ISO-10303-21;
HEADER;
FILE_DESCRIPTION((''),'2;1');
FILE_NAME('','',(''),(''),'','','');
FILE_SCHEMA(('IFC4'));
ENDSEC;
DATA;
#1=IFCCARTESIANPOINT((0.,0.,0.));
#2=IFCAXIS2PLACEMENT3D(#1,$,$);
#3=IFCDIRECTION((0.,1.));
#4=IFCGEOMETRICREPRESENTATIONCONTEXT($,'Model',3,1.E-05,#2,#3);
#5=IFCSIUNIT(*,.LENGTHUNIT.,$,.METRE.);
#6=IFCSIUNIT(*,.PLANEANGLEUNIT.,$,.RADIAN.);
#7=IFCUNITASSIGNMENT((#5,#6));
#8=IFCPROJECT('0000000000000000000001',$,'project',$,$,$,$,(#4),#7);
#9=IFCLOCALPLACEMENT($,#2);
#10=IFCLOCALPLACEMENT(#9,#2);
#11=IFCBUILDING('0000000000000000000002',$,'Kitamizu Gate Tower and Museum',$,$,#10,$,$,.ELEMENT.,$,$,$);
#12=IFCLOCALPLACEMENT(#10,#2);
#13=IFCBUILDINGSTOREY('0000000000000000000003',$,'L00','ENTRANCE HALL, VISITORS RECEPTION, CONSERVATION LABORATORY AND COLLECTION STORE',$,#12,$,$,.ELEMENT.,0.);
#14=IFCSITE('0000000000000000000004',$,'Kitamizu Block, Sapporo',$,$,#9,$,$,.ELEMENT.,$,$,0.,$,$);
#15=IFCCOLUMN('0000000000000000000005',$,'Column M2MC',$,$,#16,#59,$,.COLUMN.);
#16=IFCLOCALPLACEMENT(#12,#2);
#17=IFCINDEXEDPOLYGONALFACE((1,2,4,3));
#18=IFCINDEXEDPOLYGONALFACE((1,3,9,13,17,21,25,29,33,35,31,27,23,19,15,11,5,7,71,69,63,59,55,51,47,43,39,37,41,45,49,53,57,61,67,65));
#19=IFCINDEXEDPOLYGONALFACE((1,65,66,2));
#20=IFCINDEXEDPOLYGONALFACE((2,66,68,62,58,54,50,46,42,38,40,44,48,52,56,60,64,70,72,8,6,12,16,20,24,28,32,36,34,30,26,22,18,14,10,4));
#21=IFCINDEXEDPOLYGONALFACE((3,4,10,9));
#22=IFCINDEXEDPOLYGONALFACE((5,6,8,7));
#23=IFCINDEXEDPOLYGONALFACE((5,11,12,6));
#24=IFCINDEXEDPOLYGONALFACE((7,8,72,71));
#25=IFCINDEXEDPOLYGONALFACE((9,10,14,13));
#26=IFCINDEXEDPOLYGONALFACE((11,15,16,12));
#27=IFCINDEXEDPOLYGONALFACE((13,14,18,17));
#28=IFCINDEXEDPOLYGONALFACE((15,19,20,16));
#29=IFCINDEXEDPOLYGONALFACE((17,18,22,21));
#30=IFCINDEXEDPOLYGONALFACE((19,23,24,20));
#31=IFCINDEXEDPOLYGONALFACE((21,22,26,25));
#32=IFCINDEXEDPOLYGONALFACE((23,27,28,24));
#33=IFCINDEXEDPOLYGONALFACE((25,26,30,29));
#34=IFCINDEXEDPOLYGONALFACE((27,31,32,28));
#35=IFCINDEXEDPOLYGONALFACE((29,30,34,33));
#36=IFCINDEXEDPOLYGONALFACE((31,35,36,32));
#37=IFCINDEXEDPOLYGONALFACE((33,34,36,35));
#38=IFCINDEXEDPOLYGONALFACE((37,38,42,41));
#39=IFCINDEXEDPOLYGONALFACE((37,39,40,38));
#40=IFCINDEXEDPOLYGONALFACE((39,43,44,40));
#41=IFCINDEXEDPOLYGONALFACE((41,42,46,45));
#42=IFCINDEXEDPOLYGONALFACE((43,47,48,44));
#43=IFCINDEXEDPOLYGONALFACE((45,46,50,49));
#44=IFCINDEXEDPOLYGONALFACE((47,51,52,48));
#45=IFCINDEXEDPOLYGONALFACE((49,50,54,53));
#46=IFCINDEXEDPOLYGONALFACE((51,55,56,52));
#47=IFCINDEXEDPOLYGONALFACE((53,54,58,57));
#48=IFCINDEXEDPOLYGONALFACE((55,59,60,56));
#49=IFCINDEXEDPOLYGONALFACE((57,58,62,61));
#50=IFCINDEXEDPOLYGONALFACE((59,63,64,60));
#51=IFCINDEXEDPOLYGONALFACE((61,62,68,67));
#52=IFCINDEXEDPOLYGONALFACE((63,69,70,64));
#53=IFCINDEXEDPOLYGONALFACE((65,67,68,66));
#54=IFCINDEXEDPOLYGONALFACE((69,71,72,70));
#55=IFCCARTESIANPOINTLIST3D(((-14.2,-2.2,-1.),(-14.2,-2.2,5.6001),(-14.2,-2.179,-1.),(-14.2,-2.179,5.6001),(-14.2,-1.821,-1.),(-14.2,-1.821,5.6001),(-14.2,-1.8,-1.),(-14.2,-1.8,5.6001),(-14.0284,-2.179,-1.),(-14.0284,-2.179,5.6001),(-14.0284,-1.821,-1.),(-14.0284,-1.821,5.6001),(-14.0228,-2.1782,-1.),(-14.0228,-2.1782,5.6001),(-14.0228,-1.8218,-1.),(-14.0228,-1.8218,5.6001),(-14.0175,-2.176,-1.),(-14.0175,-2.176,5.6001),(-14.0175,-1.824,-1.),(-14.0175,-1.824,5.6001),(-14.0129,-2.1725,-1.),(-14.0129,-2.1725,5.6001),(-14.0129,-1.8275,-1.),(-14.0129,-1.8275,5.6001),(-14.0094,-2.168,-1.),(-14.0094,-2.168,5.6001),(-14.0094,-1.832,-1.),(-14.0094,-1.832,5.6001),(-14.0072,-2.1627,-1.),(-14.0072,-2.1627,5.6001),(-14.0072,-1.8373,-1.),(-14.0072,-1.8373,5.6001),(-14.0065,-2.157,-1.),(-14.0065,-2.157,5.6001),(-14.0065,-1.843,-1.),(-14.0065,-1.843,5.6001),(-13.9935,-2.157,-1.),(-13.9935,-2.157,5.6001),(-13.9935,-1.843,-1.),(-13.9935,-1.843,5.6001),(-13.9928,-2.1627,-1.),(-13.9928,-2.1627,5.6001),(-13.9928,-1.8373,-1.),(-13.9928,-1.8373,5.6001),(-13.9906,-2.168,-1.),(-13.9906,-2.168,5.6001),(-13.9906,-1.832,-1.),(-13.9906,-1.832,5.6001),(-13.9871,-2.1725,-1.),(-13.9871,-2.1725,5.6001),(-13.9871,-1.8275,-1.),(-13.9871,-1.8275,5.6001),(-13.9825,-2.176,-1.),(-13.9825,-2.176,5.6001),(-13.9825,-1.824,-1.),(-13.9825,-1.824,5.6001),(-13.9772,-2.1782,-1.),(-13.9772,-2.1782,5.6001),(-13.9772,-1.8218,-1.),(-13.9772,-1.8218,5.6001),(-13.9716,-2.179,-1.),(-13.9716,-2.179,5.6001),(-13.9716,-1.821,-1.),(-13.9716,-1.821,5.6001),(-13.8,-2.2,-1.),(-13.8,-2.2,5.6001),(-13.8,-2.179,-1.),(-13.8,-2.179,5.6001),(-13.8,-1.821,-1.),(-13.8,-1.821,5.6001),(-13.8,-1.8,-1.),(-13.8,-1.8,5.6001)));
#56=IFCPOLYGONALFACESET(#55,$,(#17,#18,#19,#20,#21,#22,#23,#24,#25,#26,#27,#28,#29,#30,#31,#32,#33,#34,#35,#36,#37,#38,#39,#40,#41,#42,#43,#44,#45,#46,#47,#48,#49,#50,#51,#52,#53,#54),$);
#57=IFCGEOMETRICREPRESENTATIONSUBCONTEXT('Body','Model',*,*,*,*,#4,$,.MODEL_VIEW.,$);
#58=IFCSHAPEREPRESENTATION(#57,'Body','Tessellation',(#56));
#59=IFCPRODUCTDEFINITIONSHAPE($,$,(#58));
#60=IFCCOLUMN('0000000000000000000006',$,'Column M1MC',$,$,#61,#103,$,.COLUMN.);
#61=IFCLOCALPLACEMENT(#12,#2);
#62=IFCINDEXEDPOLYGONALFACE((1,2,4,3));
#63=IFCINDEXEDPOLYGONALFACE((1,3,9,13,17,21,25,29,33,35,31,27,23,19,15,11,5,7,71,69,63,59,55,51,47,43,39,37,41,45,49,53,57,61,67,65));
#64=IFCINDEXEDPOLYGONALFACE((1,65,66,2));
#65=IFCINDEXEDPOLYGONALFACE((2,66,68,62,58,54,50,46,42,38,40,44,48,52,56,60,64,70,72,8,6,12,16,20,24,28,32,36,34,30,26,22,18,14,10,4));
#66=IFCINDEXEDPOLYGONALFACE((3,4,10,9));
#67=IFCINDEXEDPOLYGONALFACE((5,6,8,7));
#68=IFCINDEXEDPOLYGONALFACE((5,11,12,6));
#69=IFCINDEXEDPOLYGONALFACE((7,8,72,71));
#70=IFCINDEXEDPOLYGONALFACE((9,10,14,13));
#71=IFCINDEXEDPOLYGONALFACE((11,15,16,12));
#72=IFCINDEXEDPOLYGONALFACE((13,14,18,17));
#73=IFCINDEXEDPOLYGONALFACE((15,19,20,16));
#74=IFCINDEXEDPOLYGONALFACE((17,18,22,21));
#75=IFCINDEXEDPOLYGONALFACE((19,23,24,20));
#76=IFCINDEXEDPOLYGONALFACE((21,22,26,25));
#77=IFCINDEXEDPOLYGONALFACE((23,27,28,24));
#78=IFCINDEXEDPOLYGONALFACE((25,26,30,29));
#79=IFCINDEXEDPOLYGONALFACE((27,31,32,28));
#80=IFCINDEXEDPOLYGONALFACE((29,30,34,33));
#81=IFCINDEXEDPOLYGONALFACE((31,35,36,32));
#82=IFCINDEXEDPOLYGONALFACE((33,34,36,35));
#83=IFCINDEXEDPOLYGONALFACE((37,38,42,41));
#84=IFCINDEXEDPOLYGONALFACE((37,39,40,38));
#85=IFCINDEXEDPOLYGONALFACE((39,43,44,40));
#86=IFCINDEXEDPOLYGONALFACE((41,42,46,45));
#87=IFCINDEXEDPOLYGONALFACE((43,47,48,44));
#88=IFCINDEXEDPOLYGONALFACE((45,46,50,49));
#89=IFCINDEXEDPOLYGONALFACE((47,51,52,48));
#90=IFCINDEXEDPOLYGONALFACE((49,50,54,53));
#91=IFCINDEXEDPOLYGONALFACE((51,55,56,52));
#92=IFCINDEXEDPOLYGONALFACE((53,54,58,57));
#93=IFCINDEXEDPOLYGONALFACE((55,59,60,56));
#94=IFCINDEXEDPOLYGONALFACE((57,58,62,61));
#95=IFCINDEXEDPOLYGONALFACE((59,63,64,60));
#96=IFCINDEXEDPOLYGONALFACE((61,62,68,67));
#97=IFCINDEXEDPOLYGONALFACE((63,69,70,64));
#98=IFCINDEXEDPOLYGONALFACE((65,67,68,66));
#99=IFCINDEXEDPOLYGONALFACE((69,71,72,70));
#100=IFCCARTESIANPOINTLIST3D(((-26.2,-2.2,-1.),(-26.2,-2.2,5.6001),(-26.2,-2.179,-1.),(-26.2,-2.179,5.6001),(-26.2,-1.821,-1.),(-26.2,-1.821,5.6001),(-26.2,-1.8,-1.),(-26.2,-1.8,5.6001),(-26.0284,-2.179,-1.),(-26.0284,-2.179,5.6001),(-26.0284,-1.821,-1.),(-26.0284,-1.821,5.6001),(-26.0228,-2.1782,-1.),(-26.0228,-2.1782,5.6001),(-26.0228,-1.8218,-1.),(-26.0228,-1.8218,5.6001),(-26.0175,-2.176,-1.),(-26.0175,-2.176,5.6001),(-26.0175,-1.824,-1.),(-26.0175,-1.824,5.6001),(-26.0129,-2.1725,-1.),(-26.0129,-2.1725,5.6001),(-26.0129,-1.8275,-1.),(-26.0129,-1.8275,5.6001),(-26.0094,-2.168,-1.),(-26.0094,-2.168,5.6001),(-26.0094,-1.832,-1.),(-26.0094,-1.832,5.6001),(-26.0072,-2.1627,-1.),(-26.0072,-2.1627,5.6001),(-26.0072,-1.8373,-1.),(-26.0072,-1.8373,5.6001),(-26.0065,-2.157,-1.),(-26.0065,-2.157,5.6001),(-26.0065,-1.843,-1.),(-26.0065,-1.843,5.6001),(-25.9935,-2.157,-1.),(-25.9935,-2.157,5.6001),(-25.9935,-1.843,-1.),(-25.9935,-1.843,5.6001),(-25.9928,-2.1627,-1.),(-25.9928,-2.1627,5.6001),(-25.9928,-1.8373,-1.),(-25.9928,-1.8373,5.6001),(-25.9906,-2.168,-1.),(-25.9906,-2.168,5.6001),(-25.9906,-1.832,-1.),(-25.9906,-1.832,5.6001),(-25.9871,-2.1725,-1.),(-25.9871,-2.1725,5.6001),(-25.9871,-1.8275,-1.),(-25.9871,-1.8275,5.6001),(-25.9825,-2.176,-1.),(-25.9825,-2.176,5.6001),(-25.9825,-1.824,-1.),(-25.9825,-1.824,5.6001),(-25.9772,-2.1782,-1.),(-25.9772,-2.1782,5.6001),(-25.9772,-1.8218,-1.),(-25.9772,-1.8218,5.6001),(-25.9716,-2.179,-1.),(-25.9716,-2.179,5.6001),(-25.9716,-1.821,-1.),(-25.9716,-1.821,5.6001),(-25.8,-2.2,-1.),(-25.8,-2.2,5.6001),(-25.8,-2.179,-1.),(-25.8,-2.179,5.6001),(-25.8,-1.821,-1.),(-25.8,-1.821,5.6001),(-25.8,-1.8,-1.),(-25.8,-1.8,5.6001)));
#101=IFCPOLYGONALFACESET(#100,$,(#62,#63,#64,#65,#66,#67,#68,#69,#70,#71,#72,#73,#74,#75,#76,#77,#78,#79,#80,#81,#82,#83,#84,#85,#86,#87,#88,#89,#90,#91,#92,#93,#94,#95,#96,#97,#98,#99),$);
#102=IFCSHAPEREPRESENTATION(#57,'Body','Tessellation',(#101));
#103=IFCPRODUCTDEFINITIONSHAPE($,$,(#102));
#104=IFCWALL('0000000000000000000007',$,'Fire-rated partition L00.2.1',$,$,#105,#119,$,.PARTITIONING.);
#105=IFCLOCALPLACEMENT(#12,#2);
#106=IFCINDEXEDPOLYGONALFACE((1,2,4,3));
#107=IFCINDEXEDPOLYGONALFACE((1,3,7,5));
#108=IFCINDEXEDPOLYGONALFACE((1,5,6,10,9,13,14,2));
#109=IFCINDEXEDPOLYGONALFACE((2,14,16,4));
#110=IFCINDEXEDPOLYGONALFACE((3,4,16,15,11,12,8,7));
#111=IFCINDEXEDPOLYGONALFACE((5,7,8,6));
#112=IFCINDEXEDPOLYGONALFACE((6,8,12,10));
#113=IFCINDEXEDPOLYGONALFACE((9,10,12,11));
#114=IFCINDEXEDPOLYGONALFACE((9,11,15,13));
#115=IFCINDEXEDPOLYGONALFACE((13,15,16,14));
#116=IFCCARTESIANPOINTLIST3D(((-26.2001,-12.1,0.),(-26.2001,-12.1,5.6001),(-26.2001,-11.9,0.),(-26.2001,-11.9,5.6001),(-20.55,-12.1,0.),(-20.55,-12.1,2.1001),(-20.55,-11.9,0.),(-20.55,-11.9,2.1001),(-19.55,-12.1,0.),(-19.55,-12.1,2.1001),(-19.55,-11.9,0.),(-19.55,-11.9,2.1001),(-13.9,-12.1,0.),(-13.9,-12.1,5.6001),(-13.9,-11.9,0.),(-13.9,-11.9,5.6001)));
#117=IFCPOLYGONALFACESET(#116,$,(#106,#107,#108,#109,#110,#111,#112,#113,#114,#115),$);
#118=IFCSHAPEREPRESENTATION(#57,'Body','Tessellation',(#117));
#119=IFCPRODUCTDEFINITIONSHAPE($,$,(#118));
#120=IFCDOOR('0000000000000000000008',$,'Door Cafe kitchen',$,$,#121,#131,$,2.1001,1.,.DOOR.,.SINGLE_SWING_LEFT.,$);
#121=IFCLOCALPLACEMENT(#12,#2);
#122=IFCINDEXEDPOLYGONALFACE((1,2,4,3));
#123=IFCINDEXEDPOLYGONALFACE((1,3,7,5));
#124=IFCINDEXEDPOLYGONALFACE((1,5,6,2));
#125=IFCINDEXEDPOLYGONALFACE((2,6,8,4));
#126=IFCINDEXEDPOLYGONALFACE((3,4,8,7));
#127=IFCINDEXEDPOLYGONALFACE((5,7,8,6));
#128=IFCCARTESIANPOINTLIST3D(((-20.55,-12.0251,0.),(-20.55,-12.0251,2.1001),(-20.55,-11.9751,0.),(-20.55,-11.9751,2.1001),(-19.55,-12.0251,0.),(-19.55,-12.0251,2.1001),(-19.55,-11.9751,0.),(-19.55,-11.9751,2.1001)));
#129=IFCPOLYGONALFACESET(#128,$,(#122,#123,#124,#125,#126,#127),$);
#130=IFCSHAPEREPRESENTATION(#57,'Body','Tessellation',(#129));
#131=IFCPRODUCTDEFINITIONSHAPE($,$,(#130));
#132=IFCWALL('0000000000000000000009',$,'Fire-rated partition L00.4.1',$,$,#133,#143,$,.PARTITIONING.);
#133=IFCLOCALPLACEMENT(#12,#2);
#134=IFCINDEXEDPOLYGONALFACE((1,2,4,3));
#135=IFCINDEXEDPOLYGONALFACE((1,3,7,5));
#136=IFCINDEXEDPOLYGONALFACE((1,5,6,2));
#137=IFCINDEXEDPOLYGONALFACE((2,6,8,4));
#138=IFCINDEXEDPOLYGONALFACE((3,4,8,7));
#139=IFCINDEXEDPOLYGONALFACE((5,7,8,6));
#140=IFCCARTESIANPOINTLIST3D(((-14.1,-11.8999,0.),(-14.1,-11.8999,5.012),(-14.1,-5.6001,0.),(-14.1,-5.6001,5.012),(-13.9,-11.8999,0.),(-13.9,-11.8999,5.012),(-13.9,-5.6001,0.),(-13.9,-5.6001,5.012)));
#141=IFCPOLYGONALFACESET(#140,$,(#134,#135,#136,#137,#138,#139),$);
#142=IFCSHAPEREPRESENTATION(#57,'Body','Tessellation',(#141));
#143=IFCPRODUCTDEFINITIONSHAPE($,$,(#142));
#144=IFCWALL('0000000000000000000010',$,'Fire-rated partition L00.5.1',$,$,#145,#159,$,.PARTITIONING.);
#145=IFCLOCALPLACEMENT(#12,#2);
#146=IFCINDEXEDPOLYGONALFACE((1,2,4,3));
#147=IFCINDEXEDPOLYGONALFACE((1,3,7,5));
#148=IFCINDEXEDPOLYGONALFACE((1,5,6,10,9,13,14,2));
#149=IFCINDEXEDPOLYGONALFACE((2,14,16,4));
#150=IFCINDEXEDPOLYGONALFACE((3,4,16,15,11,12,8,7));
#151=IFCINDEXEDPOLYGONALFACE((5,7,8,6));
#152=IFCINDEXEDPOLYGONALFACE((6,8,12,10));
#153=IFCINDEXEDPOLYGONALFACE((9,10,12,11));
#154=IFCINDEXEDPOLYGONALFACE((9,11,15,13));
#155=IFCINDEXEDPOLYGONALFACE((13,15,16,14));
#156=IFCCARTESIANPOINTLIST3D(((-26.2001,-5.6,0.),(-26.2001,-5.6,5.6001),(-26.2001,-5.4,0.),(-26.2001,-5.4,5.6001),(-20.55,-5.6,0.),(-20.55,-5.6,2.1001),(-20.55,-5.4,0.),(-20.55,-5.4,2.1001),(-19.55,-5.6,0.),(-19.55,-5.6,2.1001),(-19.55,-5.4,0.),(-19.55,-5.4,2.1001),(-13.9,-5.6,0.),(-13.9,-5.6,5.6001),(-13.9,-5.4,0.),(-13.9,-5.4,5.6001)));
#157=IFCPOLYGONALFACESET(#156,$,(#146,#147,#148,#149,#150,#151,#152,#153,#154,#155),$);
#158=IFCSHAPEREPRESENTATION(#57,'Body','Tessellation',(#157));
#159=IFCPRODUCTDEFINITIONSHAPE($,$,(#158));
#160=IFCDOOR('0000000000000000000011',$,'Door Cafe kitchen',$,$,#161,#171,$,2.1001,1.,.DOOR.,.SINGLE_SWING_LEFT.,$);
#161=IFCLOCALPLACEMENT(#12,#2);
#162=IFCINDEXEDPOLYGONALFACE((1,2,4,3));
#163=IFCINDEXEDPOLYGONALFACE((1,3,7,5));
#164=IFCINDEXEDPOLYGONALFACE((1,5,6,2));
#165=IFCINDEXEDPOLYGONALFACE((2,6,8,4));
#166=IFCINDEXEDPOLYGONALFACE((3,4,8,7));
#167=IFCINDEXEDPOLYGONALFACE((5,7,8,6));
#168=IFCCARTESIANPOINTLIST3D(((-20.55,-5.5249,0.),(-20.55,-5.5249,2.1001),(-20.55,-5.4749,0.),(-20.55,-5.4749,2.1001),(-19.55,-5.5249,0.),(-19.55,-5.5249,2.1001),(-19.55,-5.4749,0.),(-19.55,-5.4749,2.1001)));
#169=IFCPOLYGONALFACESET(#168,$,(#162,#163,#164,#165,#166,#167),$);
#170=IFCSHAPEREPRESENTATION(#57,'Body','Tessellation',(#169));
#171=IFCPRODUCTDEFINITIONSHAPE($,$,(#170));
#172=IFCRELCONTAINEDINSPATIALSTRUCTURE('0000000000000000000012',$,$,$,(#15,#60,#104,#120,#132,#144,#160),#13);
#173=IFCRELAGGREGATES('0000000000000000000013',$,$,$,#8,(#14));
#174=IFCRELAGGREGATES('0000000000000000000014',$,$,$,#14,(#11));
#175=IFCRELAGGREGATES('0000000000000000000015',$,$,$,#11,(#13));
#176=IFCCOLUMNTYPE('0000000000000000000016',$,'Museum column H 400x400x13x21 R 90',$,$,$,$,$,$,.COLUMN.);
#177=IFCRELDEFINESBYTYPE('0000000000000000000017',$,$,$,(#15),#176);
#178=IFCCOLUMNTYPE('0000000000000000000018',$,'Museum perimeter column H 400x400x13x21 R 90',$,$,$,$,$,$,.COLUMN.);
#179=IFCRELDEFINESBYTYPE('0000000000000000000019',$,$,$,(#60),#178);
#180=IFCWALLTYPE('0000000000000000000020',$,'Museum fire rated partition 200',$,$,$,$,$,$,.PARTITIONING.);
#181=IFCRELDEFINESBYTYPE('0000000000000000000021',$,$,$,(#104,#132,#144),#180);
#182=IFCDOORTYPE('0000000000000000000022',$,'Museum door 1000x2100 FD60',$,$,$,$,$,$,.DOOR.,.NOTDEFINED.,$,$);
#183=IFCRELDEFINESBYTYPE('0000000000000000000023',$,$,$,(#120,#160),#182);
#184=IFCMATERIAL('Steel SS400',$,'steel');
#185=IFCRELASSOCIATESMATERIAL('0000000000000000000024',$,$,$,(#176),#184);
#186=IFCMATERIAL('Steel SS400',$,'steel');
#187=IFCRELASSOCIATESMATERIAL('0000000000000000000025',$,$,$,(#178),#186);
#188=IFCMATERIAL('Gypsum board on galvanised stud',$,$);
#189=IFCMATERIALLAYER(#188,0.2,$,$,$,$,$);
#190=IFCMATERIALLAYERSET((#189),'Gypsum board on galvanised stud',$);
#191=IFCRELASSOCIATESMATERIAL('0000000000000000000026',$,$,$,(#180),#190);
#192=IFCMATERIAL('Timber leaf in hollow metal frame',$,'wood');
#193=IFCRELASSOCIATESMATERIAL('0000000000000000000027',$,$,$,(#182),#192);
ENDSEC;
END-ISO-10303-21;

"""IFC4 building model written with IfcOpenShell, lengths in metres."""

from ifc_helpers import new_model, si_unit, direction, frame, frame_2d, origin, origin_2d, place, context, subcontext, project, spatial, rectangle, i_section, extrude, material, layer, layer_set, material_profile, profile_set, type_object, element, fill, save


model = new_model("IFC4")

# Units and contexts
model_context = context("Model", 3, precision=1e-05, world=origin(), true_north=direction((0.0, 1.0)))
body_context = subcontext(model_context, "Body", "Model", "MODEL_VIEW")
ifc_project = project(units=[si_unit("LENGTHUNIT", "METRE"), si_unit("PLANEANGLEUNIT", "RADIAN")], contexts=[model_context])

# Site, building, storey
site_placement = place(None, origin())
site = spatial("IfcSite", under=ifc_project, at=site_placement, Name="Kitamizu Block, Sapporo", CompositionType="ELEMENT", RefElevation=0.0)
building_placement = place(site_placement, origin())
building = spatial("IfcBuilding", under=site, at=building_placement, Name="Kitamizu Gate Tower and Museum", CompositionType="ELEMENT")
storey_placement = place(building_placement, origin())
storey = spatial("IfcBuildingStorey", under=building, at=storey_placement, Name="L00", Description="ENTRANCE HALL, VISITORS RECEPTION, CONSERVATION LABORATORY AND COLLECTION STORE", CompositionType="ELEMENT", Elevation=0.0)

# Columns
ifc_material_1 = material(Name="Steel SS400", Category="steel")
ifc_material_profile_1 = material_profile(ifc_material_1, i_section(OverallWidth=0.3999, OverallDepth=0.3999, WebThickness=0.0129, FlangeThickness=0.021, FilletRadius=0.022, at=origin_2d()), Name="H-400x400x13x21")
ifc_profile_set_1 = profile_set([ifc_material_profile_1], Name="Steel SS400")
column_type_1 = type_object("IfcColumnType", Name="Museum column H 400x400x13x21 R 90", PredefinedType="COLUMN", material=ifc_profile_set_1)
for number, where, z_axis, x_axis, name in (
    (1, (-14.0, -2.0, -1.0), (0.0, 0.0, 1.0), (1.0, 0.0, 0.0), "Column M2MC"),
):
    element("IfcColumn", number, at=place(storey_placement, frame(where, z_axis=z_axis, x_axis=x_axis)), inside=storey, type_object=column_type_1, Name=name, PredefinedType="COLUMN", context=body_context, shape_type="SweptSolid", body=[
        extrude(i_section(OverallWidth=0.3999, OverallDepth=0.3999, WebThickness=0.0129, FlangeThickness=0.021, FilletRadius=0.022, at=origin_2d()), origin(), (0.0, 0.0, 1.0), 6.6001),
    ])
ifc_material_2 = material(Name="Steel SS400", Category="steel")
ifc_material_profile_2 = material_profile(ifc_material_2, i_section(OverallWidth=0.3999, OverallDepth=0.3999, WebThickness=0.0129, FlangeThickness=0.021, FilletRadius=0.022, at=origin_2d()), Name="H-400x400x13x21")
ifc_profile_set_2 = profile_set([ifc_material_profile_2], Name="Steel SS400")
column_type_2 = type_object("IfcColumnType", Name="Museum perimeter column H 400x400x13x21 R 90", PredefinedType="COLUMN", material=ifc_profile_set_2)
column_placement = place(storey_placement, frame((-26.0, -2.0, -1.0), z_axis=(0.0, 0.0, 1.0), x_axis=(1.0, 0.0, 0.0)))
element("IfcColumn", 2, at=column_placement, inside=storey, type_object=column_type_2, Name="Column M1MC", PredefinedType="COLUMN", context=body_context, shape_type="SweptSolid", body=[
    extrude(i_section(OverallWidth=0.3999, OverallDepth=0.3999, WebThickness=0.0129, FlangeThickness=0.021, FilletRadius=0.022, at=origin_2d()), origin(), (0.0, 0.0, 1.0), 6.6001),
])

# Wall, opening, door
ifc_material_3 = material(Name="Gypsum board on galvanised stud")
ifc_layer_1 = layer(ifc_material_3, 0.2)
ifc_layer_set_1 = layer_set([ifc_layer_1], Name="Gypsum board on galvanised stud")
wall_type_1 = type_object("IfcWallType", Name="Museum fire rated partition 200", PredefinedType="PARTITIONING", material=ifc_layer_set_1)
wall_1_placement = place(storey_placement, frame((-26.2, -12.0, 0.0), z_axis=(0.0, 0.0, 1.0), x_axis=(1.0, 0.0, 0.0)))
wall_1 = element("IfcWall", 3, at=wall_1_placement, inside=storey, type_object=wall_type_1, Name="Fire-rated partition L00.2.1", PredefinedType="PARTITIONING", context=body_context, shape_type="SweptSolid", body=[
    extrude(rectangle(XDim=12.3, YDim=0.2, at=frame_2d((6.1499, 0.0))), origin(), (0.0, 0.0, 1.0), 5.6001),
])
opening_1_placement = place(wall_1_placement, frame((5.6499, 0.0, 0.0)))
opening_1 = element("IfcOpeningElement", 4, at=opening_1_placement, cuts=wall_1, PredefinedType="OPENING", context=body_context, shape_type="SweptSolid", body=[
    extrude(rectangle(XDim=1.0, YDim=2.1001, at=frame_2d((0.5, 1.05))), frame((0.0, 0.1099, 0.0), z_axis=(0.0, -1.0, 0.0), x_axis=(1.0, 0.0, 0.0)), (0.0, 0.0, 1.0), 0.22),
])
ifc_material_4 = material(Name="Timber leaf in hollow metal frame", Category="wood")
door_type_1 = type_object("IfcDoorType", Name="Museum door 1000x2100 FD60", OperationType="NOTDEFINED", PredefinedType="DOOR", material=ifc_material_4)
door_1_placement = place(opening_1_placement, origin())
door_1 = element("IfcDoor", 5, at=door_1_placement, inside=storey, type_object=door_type_1, Name="Door Cafe kitchen", OperationType="SINGLE_SWING_LEFT", OverallHeight=2.1001, OverallWidth=1.0, PredefinedType="DOOR", context=body_context, shape_type="SweptSolid", body=[
    extrude(rectangle(XDim=1.0, YDim=2.1001, at=frame_2d((0.5, 1.05))), frame((0.0, 0.0249, 0.0), z_axis=(0.0, -1.0, 0.0), x_axis=(1.0, 0.0, 0.0)), (0.0, 0.0, 1.0), 0.05),
])
fill(opening_1, door_1)

# Wall
wall_2_placement = place(storey_placement, frame((-14.0, -11.8999, 0.0), z_axis=(0.0, 0.0, 1.0), x_axis=(0.0, 1.0, 0.0)))
element("IfcWall", 6, at=wall_2_placement, inside=storey, type_object=wall_type_1, Name="Fire-rated partition L00.4.1", PredefinedType="PARTITIONING", context=body_context, shape_type="SweptSolid", body=[
    extrude(rectangle(XDim=6.2998, YDim=0.2, at=frame_2d((3.1499, 0.0))), origin(), (0.0, 0.0, 1.0), 5.012),
])

# Wall, opening, door
wall_3_placement = place(storey_placement, frame((-26.2, -5.5, 0.0), z_axis=(0.0, 0.0, 1.0), x_axis=(1.0, 0.0, 0.0)))
wall_3 = element("IfcWall", 7, at=wall_3_placement, inside=storey, type_object=wall_type_1, Name="Fire-rated partition L00.5.1", PredefinedType="PARTITIONING", context=body_context, shape_type="SweptSolid", body=[
    extrude(rectangle(XDim=12.3, YDim=0.2, at=frame_2d((6.1499, 0.0))), origin(), (0.0, 0.0, 1.0), 5.6001),
])
opening_2_placement = place(wall_3_placement, frame((5.6499, 0.0, 0.0)))
opening_2 = element("IfcOpeningElement", 8, at=opening_2_placement, cuts=wall_3, PredefinedType="OPENING", context=body_context, shape_type="SweptSolid", body=[
    extrude(rectangle(XDim=1.0, YDim=2.1001, at=frame_2d((0.5, 1.05))), frame((0.0, 0.1099, 0.0), z_axis=(0.0, -1.0, 0.0), x_axis=(1.0, 0.0, 0.0)), (0.0, 0.0, 1.0), 0.22),
])
door_2_placement = place(opening_2_placement, frame((1.0, 0.0, 0.0), x_axis=(-1.0, 0.0, 0.0)))
door_2 = element("IfcDoor", 9, at=door_2_placement, inside=storey, type_object=door_type_1, Name="Door Cafe kitchen", OperationType="SINGLE_SWING_LEFT", OverallHeight=2.1001, OverallWidth=1.0, PredefinedType="DOOR", context=body_context, shape_type="SweptSolid", body=[
    extrude(rectangle(XDim=1.0, YDim=2.1001, at=frame_2d((0.5, 1.05))), frame((0.0, 0.0249, 0.0), z_axis=(0.0, -1.0, 0.0), x_axis=(1.0, 0.0, 0.0)), (0.0, 0.0, 1.0), 0.05),
])
fill(opening_2, door_2)

save(model, "model.ifc")
